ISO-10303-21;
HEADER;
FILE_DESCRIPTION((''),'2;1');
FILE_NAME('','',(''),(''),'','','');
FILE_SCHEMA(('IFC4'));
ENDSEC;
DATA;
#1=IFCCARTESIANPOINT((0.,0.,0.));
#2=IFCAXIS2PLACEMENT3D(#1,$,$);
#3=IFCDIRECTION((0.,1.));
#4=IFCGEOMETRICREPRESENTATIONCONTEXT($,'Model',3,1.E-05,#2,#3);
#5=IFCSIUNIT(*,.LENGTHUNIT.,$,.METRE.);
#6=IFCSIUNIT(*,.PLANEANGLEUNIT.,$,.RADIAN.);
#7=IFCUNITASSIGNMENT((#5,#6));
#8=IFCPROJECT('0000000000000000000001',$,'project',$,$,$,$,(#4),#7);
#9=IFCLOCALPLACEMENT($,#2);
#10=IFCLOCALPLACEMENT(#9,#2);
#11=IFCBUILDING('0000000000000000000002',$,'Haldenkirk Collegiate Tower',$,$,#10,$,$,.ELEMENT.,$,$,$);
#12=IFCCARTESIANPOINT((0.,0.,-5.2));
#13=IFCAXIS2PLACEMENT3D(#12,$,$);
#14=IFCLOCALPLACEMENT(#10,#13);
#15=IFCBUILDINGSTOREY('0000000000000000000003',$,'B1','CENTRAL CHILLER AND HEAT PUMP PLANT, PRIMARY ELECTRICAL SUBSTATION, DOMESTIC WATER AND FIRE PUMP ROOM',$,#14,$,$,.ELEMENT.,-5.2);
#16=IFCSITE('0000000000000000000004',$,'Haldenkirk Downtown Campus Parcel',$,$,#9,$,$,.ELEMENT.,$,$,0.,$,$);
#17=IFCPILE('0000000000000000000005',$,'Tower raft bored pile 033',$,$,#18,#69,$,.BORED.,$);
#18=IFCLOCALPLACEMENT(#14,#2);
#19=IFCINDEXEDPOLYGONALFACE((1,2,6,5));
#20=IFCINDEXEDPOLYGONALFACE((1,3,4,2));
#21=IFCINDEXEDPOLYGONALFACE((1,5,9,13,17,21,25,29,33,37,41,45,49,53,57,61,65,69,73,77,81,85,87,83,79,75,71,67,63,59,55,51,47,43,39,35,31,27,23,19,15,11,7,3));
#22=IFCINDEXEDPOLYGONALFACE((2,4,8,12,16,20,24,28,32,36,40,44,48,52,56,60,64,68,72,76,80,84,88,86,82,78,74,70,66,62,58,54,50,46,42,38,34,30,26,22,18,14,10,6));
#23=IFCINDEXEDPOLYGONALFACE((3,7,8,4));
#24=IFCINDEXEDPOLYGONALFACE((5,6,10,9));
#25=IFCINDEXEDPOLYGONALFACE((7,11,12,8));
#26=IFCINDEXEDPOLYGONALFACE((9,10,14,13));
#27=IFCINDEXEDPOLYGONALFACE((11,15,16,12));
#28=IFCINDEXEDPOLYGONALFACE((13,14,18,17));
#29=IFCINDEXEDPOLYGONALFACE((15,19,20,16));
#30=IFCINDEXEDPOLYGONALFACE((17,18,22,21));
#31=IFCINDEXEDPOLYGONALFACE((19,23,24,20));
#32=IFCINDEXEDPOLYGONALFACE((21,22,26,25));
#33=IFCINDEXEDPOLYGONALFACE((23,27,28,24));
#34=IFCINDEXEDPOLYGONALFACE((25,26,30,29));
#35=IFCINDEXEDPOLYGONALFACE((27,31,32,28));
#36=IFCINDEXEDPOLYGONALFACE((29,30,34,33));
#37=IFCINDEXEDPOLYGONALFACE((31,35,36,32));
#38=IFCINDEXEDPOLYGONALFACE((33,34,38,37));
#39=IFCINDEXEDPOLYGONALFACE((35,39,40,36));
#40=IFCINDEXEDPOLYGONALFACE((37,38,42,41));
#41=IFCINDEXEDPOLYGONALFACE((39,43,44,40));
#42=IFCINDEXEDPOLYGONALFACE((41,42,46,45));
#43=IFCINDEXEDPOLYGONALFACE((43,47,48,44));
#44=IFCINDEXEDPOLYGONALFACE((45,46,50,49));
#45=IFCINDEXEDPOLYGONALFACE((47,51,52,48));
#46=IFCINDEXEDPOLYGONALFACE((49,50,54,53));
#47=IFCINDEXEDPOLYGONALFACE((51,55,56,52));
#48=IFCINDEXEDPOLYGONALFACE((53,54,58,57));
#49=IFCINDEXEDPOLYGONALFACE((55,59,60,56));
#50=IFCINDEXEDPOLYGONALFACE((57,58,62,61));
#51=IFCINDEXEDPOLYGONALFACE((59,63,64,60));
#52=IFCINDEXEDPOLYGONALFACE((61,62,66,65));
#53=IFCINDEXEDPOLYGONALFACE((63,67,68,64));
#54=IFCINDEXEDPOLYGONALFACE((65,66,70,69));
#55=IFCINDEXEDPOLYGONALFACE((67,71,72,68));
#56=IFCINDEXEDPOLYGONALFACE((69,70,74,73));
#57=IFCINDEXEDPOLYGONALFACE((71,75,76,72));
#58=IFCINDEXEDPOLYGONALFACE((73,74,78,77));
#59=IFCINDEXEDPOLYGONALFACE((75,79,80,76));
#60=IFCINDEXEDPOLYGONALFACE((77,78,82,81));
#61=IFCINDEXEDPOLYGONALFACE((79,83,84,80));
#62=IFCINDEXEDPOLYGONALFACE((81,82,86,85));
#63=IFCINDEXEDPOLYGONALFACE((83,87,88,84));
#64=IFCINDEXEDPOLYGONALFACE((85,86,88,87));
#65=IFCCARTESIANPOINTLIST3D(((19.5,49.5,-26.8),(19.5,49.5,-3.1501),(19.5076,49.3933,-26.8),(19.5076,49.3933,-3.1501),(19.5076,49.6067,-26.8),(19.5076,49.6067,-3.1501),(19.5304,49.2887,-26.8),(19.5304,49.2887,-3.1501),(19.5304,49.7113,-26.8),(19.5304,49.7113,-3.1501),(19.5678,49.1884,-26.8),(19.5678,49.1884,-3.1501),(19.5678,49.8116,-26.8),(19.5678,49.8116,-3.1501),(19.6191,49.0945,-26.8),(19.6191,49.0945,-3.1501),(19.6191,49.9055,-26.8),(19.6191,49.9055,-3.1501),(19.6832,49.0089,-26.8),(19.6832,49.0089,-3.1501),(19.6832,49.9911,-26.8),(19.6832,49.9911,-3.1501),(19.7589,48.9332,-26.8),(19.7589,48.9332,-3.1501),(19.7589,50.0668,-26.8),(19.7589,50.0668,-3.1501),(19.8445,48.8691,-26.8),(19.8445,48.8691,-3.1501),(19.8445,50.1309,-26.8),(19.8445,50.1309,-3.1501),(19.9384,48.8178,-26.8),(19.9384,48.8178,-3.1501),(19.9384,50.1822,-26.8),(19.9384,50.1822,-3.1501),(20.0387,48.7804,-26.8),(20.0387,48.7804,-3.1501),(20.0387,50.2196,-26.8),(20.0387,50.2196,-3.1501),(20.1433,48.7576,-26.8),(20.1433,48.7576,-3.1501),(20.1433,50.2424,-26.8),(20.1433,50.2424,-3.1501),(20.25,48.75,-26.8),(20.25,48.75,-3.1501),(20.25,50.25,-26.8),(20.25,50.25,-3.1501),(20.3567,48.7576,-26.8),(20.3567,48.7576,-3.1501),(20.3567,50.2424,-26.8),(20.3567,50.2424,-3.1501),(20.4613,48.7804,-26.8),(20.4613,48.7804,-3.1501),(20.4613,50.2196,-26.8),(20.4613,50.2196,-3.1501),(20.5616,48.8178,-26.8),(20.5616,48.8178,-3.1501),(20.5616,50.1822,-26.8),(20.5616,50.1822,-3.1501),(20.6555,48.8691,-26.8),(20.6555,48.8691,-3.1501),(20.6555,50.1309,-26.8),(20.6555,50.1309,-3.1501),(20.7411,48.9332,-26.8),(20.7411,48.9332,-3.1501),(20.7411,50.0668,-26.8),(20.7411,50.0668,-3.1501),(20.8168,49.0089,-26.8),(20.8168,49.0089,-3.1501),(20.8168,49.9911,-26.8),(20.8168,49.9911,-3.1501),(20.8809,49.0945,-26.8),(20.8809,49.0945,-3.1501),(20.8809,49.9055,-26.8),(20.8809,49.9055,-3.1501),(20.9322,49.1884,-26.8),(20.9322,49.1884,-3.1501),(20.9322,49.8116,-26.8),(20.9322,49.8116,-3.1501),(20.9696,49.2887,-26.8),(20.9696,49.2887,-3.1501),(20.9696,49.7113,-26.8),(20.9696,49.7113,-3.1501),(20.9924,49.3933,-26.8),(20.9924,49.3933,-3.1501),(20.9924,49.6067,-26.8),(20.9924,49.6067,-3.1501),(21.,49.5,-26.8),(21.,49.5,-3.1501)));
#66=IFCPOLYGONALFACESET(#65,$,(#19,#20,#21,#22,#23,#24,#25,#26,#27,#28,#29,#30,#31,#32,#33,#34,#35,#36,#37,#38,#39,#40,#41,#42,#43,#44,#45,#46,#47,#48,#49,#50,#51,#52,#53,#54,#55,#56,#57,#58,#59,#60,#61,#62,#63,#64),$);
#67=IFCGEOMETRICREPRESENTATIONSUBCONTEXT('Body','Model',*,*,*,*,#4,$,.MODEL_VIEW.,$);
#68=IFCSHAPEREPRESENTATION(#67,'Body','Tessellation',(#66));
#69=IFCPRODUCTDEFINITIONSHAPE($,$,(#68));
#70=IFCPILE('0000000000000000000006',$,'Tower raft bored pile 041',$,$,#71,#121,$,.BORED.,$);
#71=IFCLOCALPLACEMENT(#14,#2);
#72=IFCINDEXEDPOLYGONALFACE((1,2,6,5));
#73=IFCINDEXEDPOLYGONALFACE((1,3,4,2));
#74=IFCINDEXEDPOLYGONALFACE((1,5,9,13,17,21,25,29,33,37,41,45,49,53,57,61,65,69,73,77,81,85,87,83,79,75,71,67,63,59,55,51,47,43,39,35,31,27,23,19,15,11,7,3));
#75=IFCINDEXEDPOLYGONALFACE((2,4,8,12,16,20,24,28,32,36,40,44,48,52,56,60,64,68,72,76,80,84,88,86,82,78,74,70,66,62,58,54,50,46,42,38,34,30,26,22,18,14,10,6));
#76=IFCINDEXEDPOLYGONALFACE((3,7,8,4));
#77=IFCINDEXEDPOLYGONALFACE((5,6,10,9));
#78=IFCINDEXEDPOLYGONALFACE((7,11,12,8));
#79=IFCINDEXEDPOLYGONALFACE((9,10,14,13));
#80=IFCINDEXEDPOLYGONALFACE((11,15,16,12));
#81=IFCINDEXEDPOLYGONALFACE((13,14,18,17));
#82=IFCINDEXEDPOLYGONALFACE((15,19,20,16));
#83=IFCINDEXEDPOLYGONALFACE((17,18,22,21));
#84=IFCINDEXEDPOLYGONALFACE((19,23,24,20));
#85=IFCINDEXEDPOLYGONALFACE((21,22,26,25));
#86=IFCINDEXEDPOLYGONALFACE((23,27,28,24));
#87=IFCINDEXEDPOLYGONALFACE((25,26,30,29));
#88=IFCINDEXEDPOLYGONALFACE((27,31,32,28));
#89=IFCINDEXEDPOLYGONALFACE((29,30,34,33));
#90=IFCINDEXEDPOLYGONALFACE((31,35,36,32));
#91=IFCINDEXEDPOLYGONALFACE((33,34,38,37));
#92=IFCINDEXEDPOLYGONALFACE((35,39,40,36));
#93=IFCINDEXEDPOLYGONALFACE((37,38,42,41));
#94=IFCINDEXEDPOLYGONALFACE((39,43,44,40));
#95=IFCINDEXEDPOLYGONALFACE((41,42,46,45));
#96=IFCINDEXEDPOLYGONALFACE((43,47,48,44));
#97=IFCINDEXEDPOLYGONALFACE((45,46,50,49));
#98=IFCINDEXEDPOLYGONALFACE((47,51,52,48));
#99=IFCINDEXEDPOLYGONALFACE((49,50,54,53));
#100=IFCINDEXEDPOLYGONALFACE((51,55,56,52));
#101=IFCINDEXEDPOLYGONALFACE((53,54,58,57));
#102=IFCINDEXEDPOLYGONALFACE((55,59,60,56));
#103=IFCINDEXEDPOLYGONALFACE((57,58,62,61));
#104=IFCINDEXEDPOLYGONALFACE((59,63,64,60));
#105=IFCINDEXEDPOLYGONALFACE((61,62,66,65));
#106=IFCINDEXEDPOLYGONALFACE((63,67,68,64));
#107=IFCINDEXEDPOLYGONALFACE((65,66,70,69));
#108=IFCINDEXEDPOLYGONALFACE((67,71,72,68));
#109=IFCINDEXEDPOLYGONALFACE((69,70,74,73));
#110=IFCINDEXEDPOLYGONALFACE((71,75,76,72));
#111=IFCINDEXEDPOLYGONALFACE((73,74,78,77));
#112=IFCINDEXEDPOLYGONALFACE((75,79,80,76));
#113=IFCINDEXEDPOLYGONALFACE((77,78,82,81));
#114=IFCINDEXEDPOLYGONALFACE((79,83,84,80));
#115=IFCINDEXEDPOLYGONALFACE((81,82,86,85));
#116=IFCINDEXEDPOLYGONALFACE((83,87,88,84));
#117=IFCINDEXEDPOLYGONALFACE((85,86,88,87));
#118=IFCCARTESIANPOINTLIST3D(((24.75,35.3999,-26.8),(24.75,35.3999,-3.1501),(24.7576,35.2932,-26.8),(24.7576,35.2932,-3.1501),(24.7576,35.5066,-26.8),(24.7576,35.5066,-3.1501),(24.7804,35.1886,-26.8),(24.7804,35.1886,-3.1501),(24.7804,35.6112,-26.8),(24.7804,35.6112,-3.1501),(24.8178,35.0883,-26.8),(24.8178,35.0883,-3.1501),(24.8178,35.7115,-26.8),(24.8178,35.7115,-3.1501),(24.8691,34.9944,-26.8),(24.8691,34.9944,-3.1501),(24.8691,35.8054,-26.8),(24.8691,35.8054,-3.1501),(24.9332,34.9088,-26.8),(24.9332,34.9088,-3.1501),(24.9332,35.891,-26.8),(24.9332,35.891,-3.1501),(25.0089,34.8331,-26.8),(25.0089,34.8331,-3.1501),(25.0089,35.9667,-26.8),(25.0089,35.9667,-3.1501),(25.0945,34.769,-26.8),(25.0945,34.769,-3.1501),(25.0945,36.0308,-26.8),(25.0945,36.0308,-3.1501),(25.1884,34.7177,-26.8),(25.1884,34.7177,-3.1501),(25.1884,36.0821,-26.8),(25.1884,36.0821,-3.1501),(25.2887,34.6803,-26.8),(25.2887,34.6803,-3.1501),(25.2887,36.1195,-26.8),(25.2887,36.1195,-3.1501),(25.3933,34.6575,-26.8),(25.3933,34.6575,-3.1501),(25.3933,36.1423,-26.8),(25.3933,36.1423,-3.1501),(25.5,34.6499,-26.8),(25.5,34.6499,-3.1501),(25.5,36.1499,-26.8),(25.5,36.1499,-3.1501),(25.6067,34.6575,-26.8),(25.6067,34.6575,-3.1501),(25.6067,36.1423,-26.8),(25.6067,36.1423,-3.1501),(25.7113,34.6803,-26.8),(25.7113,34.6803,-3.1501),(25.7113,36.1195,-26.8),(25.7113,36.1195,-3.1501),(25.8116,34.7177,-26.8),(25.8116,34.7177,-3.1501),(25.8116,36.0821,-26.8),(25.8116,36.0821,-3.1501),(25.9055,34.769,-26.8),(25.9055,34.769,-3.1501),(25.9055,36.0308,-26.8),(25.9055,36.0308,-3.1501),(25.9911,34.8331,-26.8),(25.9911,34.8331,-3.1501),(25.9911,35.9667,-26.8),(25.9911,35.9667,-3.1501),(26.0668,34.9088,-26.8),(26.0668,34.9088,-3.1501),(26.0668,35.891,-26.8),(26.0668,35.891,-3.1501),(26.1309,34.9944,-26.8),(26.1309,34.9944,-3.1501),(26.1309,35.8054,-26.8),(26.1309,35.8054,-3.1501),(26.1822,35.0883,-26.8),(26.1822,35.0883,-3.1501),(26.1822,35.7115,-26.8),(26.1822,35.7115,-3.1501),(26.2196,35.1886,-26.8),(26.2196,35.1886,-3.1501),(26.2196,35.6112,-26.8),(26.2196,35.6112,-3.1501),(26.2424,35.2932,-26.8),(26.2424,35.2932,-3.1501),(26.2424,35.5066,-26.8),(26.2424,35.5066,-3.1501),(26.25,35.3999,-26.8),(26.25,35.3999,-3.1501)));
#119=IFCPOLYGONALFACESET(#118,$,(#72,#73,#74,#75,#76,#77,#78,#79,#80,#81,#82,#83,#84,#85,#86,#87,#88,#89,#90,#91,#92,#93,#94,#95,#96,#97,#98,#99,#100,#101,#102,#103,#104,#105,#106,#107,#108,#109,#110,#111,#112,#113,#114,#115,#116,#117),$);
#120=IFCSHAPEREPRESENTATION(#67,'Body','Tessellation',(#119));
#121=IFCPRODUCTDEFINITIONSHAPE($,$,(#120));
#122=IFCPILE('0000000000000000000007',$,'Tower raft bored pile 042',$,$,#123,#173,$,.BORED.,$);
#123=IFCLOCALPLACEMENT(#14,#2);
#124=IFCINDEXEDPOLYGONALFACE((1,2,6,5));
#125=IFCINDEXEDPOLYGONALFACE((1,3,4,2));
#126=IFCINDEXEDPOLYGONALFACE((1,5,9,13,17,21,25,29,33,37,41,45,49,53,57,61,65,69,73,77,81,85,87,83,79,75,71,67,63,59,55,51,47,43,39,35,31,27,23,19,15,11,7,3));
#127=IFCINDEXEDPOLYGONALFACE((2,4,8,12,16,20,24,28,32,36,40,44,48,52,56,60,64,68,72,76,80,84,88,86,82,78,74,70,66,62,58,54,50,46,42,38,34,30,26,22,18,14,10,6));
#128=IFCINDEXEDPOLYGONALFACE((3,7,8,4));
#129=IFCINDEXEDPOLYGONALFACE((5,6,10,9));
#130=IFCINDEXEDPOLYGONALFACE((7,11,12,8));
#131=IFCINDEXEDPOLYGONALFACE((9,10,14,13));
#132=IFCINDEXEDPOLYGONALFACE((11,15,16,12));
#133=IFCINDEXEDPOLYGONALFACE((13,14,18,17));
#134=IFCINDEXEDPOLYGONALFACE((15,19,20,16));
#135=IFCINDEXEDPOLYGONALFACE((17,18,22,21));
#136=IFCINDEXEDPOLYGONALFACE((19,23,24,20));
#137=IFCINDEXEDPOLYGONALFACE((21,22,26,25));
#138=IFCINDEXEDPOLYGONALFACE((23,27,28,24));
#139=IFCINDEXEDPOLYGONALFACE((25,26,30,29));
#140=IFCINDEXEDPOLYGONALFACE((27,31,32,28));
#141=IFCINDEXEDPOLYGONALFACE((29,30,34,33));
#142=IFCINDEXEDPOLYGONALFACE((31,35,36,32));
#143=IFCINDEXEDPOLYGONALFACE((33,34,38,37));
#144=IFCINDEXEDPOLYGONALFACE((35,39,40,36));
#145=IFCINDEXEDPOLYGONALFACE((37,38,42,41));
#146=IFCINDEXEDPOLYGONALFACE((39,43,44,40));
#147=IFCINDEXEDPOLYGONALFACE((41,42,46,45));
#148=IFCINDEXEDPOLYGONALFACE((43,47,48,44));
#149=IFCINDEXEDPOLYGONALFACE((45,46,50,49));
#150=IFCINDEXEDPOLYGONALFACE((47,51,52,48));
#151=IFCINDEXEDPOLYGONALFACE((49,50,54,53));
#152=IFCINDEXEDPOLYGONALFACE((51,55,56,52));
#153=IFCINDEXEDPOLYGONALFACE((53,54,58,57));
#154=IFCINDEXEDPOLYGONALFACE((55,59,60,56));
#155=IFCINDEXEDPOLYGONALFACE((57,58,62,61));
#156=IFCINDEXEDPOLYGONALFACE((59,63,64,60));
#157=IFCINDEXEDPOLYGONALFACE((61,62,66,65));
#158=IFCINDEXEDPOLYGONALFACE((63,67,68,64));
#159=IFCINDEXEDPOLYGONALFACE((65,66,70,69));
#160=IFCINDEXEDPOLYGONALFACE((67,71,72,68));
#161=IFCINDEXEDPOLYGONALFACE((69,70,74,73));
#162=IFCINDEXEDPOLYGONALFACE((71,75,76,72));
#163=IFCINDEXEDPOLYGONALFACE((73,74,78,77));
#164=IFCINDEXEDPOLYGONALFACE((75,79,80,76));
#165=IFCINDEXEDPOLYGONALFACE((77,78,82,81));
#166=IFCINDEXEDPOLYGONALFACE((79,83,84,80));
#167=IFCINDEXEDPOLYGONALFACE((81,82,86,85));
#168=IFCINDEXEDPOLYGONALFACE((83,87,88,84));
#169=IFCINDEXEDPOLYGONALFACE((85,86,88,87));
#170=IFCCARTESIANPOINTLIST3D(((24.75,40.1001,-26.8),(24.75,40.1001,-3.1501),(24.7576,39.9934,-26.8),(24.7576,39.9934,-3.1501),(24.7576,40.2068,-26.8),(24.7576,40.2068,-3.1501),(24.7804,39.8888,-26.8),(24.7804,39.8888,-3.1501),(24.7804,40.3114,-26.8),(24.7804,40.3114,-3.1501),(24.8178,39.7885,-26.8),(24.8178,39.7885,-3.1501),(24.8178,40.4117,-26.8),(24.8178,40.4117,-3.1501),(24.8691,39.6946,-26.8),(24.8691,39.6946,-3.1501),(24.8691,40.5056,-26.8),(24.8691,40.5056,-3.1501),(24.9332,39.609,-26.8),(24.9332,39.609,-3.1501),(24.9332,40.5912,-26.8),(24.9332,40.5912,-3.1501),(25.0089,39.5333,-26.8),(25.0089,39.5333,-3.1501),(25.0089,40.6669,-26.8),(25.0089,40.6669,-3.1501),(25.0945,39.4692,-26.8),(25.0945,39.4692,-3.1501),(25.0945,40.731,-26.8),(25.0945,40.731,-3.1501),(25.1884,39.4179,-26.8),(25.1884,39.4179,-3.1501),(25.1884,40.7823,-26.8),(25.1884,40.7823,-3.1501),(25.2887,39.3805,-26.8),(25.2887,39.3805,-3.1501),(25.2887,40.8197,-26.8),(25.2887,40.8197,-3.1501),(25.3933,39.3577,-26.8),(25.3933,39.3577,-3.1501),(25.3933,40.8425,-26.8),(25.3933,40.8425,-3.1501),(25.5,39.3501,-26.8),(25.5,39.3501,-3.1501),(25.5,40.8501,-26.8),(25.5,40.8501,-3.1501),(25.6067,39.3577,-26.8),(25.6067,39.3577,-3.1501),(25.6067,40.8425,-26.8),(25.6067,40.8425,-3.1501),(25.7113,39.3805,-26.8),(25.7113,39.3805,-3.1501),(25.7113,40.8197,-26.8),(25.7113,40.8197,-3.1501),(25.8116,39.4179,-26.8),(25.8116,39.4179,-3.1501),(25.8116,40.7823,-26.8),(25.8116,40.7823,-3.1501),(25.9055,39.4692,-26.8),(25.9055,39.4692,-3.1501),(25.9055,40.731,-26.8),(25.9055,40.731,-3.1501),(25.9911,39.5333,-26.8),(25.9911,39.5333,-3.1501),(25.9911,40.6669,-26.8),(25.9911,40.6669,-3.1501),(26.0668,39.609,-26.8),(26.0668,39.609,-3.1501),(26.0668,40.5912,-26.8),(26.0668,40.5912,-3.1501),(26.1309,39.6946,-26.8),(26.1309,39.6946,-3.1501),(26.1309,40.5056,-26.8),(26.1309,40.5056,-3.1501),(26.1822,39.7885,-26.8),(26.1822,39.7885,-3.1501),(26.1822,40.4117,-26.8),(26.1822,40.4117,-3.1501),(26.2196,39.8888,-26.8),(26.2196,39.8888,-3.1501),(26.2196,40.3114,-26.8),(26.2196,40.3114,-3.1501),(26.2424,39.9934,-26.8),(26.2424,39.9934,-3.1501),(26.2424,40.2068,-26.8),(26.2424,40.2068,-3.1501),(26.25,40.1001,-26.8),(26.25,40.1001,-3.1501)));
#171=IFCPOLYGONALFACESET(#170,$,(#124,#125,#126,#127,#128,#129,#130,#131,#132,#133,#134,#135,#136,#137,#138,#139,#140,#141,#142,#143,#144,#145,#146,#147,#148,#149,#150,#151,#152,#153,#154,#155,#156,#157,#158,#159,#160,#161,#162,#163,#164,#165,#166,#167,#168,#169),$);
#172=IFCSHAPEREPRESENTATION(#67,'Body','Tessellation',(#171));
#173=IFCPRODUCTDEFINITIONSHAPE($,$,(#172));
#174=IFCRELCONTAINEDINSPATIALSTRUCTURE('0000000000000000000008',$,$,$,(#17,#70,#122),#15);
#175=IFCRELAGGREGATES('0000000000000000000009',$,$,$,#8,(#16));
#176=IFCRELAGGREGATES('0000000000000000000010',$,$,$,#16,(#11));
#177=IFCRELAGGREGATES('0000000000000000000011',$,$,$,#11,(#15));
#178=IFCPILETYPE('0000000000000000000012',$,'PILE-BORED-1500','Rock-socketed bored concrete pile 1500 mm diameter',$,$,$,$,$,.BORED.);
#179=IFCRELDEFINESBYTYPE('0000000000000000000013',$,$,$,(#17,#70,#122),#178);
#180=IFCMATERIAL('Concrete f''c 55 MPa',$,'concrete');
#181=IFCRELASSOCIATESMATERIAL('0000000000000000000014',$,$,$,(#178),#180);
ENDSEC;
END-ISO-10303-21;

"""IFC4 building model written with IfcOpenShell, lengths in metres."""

from ifc_helpers import new_model, si_unit, direction, frame, origin, origin_2d, place, context, subcontext, project, spatial, circle, extrude, material, material_profile, profile_set, type_object, element, save


model = new_model("IFC4")

# Units and contexts
model_context = context("Model", 3, precision=1e-05, world=origin(), true_north=direction((0.0, 1.0)))
body_context = subcontext(model_context, "Body", "Model", "MODEL_VIEW")
ifc_project = project(units=[si_unit("LENGTHUNIT", "METRE"), si_unit("PLANEANGLEUNIT", "RADIAN")], contexts=[model_context])

# Site, building, storey
site_placement = place(None, origin())
site = spatial("IfcSite", under=ifc_project, at=site_placement, Name="Haldenkirk Downtown Campus Parcel", CompositionType="ELEMENT", RefElevation=0.0)
building_placement = place(site_placement, origin())
building = spatial("IfcBuilding", under=site, at=building_placement, Name="Haldenkirk Collegiate Tower", CompositionType="ELEMENT")
storey_placement = place(building_placement, frame((0.0, 0.0, -5.2)))
storey = spatial("IfcBuildingStorey", under=building, at=storey_placement, Name="B1", Description="CENTRAL CHILLER AND HEAT PUMP PLANT, PRIMARY ELECTRICAL SUBSTATION, DOMESTIC WATER AND FIRE PUMP ROOM", CompositionType="ELEMENT", Elevation=-5.2)

# Piles
ifc_material_1 = material(Name="Concrete f'c 55 MPa", Category="concrete")
ifc_material_profile_1 = material_profile(ifc_material_1, circle(Radius=0.75, at=origin_2d()), Name="PILE1500")
ifc_profile_set_1 = profile_set([ifc_material_profile_1], Name="Concrete f'c 55 MPa")
pile_type = type_object("IfcPileType", Name="PILE-BORED-1500", Description="Rock-socketed bored concrete pile 1500 mm diameter", PredefinedType="BORED", material=ifc_profile_set_1)
for number, where, z_axis, x_axis, name in (
    (1, (20.25, 49.5, -3.1501), (0.0, 0.0, -1.0), (1.0, 0.0, 0.0), "Tower raft bored pile 033"),
    (2, (25.5, 35.3999, -3.1501), (0.0, 0.0, -1.0), (1.0, 0.0, 0.0), "Tower raft bored pile 041"),
    (3, (25.5, 40.1001, -3.1501), (0.0, 0.0, -1.0), (1.0, 0.0, 0.0), "Tower raft bored pile 042"),
):
    element("IfcPile", number, at=place(storey_placement, frame(where, z_axis=z_axis, x_axis=x_axis)), inside=storey, type_object=pile_type, Name=name, PredefinedType="BORED", context=body_context, shape_type="SweptSolid", body=[
        extrude(circle(Radius=0.75, at=origin_2d()), origin(), (0.0, 0.0, 1.0), 23.6499),
    ])

save(model, "model.ifc")
